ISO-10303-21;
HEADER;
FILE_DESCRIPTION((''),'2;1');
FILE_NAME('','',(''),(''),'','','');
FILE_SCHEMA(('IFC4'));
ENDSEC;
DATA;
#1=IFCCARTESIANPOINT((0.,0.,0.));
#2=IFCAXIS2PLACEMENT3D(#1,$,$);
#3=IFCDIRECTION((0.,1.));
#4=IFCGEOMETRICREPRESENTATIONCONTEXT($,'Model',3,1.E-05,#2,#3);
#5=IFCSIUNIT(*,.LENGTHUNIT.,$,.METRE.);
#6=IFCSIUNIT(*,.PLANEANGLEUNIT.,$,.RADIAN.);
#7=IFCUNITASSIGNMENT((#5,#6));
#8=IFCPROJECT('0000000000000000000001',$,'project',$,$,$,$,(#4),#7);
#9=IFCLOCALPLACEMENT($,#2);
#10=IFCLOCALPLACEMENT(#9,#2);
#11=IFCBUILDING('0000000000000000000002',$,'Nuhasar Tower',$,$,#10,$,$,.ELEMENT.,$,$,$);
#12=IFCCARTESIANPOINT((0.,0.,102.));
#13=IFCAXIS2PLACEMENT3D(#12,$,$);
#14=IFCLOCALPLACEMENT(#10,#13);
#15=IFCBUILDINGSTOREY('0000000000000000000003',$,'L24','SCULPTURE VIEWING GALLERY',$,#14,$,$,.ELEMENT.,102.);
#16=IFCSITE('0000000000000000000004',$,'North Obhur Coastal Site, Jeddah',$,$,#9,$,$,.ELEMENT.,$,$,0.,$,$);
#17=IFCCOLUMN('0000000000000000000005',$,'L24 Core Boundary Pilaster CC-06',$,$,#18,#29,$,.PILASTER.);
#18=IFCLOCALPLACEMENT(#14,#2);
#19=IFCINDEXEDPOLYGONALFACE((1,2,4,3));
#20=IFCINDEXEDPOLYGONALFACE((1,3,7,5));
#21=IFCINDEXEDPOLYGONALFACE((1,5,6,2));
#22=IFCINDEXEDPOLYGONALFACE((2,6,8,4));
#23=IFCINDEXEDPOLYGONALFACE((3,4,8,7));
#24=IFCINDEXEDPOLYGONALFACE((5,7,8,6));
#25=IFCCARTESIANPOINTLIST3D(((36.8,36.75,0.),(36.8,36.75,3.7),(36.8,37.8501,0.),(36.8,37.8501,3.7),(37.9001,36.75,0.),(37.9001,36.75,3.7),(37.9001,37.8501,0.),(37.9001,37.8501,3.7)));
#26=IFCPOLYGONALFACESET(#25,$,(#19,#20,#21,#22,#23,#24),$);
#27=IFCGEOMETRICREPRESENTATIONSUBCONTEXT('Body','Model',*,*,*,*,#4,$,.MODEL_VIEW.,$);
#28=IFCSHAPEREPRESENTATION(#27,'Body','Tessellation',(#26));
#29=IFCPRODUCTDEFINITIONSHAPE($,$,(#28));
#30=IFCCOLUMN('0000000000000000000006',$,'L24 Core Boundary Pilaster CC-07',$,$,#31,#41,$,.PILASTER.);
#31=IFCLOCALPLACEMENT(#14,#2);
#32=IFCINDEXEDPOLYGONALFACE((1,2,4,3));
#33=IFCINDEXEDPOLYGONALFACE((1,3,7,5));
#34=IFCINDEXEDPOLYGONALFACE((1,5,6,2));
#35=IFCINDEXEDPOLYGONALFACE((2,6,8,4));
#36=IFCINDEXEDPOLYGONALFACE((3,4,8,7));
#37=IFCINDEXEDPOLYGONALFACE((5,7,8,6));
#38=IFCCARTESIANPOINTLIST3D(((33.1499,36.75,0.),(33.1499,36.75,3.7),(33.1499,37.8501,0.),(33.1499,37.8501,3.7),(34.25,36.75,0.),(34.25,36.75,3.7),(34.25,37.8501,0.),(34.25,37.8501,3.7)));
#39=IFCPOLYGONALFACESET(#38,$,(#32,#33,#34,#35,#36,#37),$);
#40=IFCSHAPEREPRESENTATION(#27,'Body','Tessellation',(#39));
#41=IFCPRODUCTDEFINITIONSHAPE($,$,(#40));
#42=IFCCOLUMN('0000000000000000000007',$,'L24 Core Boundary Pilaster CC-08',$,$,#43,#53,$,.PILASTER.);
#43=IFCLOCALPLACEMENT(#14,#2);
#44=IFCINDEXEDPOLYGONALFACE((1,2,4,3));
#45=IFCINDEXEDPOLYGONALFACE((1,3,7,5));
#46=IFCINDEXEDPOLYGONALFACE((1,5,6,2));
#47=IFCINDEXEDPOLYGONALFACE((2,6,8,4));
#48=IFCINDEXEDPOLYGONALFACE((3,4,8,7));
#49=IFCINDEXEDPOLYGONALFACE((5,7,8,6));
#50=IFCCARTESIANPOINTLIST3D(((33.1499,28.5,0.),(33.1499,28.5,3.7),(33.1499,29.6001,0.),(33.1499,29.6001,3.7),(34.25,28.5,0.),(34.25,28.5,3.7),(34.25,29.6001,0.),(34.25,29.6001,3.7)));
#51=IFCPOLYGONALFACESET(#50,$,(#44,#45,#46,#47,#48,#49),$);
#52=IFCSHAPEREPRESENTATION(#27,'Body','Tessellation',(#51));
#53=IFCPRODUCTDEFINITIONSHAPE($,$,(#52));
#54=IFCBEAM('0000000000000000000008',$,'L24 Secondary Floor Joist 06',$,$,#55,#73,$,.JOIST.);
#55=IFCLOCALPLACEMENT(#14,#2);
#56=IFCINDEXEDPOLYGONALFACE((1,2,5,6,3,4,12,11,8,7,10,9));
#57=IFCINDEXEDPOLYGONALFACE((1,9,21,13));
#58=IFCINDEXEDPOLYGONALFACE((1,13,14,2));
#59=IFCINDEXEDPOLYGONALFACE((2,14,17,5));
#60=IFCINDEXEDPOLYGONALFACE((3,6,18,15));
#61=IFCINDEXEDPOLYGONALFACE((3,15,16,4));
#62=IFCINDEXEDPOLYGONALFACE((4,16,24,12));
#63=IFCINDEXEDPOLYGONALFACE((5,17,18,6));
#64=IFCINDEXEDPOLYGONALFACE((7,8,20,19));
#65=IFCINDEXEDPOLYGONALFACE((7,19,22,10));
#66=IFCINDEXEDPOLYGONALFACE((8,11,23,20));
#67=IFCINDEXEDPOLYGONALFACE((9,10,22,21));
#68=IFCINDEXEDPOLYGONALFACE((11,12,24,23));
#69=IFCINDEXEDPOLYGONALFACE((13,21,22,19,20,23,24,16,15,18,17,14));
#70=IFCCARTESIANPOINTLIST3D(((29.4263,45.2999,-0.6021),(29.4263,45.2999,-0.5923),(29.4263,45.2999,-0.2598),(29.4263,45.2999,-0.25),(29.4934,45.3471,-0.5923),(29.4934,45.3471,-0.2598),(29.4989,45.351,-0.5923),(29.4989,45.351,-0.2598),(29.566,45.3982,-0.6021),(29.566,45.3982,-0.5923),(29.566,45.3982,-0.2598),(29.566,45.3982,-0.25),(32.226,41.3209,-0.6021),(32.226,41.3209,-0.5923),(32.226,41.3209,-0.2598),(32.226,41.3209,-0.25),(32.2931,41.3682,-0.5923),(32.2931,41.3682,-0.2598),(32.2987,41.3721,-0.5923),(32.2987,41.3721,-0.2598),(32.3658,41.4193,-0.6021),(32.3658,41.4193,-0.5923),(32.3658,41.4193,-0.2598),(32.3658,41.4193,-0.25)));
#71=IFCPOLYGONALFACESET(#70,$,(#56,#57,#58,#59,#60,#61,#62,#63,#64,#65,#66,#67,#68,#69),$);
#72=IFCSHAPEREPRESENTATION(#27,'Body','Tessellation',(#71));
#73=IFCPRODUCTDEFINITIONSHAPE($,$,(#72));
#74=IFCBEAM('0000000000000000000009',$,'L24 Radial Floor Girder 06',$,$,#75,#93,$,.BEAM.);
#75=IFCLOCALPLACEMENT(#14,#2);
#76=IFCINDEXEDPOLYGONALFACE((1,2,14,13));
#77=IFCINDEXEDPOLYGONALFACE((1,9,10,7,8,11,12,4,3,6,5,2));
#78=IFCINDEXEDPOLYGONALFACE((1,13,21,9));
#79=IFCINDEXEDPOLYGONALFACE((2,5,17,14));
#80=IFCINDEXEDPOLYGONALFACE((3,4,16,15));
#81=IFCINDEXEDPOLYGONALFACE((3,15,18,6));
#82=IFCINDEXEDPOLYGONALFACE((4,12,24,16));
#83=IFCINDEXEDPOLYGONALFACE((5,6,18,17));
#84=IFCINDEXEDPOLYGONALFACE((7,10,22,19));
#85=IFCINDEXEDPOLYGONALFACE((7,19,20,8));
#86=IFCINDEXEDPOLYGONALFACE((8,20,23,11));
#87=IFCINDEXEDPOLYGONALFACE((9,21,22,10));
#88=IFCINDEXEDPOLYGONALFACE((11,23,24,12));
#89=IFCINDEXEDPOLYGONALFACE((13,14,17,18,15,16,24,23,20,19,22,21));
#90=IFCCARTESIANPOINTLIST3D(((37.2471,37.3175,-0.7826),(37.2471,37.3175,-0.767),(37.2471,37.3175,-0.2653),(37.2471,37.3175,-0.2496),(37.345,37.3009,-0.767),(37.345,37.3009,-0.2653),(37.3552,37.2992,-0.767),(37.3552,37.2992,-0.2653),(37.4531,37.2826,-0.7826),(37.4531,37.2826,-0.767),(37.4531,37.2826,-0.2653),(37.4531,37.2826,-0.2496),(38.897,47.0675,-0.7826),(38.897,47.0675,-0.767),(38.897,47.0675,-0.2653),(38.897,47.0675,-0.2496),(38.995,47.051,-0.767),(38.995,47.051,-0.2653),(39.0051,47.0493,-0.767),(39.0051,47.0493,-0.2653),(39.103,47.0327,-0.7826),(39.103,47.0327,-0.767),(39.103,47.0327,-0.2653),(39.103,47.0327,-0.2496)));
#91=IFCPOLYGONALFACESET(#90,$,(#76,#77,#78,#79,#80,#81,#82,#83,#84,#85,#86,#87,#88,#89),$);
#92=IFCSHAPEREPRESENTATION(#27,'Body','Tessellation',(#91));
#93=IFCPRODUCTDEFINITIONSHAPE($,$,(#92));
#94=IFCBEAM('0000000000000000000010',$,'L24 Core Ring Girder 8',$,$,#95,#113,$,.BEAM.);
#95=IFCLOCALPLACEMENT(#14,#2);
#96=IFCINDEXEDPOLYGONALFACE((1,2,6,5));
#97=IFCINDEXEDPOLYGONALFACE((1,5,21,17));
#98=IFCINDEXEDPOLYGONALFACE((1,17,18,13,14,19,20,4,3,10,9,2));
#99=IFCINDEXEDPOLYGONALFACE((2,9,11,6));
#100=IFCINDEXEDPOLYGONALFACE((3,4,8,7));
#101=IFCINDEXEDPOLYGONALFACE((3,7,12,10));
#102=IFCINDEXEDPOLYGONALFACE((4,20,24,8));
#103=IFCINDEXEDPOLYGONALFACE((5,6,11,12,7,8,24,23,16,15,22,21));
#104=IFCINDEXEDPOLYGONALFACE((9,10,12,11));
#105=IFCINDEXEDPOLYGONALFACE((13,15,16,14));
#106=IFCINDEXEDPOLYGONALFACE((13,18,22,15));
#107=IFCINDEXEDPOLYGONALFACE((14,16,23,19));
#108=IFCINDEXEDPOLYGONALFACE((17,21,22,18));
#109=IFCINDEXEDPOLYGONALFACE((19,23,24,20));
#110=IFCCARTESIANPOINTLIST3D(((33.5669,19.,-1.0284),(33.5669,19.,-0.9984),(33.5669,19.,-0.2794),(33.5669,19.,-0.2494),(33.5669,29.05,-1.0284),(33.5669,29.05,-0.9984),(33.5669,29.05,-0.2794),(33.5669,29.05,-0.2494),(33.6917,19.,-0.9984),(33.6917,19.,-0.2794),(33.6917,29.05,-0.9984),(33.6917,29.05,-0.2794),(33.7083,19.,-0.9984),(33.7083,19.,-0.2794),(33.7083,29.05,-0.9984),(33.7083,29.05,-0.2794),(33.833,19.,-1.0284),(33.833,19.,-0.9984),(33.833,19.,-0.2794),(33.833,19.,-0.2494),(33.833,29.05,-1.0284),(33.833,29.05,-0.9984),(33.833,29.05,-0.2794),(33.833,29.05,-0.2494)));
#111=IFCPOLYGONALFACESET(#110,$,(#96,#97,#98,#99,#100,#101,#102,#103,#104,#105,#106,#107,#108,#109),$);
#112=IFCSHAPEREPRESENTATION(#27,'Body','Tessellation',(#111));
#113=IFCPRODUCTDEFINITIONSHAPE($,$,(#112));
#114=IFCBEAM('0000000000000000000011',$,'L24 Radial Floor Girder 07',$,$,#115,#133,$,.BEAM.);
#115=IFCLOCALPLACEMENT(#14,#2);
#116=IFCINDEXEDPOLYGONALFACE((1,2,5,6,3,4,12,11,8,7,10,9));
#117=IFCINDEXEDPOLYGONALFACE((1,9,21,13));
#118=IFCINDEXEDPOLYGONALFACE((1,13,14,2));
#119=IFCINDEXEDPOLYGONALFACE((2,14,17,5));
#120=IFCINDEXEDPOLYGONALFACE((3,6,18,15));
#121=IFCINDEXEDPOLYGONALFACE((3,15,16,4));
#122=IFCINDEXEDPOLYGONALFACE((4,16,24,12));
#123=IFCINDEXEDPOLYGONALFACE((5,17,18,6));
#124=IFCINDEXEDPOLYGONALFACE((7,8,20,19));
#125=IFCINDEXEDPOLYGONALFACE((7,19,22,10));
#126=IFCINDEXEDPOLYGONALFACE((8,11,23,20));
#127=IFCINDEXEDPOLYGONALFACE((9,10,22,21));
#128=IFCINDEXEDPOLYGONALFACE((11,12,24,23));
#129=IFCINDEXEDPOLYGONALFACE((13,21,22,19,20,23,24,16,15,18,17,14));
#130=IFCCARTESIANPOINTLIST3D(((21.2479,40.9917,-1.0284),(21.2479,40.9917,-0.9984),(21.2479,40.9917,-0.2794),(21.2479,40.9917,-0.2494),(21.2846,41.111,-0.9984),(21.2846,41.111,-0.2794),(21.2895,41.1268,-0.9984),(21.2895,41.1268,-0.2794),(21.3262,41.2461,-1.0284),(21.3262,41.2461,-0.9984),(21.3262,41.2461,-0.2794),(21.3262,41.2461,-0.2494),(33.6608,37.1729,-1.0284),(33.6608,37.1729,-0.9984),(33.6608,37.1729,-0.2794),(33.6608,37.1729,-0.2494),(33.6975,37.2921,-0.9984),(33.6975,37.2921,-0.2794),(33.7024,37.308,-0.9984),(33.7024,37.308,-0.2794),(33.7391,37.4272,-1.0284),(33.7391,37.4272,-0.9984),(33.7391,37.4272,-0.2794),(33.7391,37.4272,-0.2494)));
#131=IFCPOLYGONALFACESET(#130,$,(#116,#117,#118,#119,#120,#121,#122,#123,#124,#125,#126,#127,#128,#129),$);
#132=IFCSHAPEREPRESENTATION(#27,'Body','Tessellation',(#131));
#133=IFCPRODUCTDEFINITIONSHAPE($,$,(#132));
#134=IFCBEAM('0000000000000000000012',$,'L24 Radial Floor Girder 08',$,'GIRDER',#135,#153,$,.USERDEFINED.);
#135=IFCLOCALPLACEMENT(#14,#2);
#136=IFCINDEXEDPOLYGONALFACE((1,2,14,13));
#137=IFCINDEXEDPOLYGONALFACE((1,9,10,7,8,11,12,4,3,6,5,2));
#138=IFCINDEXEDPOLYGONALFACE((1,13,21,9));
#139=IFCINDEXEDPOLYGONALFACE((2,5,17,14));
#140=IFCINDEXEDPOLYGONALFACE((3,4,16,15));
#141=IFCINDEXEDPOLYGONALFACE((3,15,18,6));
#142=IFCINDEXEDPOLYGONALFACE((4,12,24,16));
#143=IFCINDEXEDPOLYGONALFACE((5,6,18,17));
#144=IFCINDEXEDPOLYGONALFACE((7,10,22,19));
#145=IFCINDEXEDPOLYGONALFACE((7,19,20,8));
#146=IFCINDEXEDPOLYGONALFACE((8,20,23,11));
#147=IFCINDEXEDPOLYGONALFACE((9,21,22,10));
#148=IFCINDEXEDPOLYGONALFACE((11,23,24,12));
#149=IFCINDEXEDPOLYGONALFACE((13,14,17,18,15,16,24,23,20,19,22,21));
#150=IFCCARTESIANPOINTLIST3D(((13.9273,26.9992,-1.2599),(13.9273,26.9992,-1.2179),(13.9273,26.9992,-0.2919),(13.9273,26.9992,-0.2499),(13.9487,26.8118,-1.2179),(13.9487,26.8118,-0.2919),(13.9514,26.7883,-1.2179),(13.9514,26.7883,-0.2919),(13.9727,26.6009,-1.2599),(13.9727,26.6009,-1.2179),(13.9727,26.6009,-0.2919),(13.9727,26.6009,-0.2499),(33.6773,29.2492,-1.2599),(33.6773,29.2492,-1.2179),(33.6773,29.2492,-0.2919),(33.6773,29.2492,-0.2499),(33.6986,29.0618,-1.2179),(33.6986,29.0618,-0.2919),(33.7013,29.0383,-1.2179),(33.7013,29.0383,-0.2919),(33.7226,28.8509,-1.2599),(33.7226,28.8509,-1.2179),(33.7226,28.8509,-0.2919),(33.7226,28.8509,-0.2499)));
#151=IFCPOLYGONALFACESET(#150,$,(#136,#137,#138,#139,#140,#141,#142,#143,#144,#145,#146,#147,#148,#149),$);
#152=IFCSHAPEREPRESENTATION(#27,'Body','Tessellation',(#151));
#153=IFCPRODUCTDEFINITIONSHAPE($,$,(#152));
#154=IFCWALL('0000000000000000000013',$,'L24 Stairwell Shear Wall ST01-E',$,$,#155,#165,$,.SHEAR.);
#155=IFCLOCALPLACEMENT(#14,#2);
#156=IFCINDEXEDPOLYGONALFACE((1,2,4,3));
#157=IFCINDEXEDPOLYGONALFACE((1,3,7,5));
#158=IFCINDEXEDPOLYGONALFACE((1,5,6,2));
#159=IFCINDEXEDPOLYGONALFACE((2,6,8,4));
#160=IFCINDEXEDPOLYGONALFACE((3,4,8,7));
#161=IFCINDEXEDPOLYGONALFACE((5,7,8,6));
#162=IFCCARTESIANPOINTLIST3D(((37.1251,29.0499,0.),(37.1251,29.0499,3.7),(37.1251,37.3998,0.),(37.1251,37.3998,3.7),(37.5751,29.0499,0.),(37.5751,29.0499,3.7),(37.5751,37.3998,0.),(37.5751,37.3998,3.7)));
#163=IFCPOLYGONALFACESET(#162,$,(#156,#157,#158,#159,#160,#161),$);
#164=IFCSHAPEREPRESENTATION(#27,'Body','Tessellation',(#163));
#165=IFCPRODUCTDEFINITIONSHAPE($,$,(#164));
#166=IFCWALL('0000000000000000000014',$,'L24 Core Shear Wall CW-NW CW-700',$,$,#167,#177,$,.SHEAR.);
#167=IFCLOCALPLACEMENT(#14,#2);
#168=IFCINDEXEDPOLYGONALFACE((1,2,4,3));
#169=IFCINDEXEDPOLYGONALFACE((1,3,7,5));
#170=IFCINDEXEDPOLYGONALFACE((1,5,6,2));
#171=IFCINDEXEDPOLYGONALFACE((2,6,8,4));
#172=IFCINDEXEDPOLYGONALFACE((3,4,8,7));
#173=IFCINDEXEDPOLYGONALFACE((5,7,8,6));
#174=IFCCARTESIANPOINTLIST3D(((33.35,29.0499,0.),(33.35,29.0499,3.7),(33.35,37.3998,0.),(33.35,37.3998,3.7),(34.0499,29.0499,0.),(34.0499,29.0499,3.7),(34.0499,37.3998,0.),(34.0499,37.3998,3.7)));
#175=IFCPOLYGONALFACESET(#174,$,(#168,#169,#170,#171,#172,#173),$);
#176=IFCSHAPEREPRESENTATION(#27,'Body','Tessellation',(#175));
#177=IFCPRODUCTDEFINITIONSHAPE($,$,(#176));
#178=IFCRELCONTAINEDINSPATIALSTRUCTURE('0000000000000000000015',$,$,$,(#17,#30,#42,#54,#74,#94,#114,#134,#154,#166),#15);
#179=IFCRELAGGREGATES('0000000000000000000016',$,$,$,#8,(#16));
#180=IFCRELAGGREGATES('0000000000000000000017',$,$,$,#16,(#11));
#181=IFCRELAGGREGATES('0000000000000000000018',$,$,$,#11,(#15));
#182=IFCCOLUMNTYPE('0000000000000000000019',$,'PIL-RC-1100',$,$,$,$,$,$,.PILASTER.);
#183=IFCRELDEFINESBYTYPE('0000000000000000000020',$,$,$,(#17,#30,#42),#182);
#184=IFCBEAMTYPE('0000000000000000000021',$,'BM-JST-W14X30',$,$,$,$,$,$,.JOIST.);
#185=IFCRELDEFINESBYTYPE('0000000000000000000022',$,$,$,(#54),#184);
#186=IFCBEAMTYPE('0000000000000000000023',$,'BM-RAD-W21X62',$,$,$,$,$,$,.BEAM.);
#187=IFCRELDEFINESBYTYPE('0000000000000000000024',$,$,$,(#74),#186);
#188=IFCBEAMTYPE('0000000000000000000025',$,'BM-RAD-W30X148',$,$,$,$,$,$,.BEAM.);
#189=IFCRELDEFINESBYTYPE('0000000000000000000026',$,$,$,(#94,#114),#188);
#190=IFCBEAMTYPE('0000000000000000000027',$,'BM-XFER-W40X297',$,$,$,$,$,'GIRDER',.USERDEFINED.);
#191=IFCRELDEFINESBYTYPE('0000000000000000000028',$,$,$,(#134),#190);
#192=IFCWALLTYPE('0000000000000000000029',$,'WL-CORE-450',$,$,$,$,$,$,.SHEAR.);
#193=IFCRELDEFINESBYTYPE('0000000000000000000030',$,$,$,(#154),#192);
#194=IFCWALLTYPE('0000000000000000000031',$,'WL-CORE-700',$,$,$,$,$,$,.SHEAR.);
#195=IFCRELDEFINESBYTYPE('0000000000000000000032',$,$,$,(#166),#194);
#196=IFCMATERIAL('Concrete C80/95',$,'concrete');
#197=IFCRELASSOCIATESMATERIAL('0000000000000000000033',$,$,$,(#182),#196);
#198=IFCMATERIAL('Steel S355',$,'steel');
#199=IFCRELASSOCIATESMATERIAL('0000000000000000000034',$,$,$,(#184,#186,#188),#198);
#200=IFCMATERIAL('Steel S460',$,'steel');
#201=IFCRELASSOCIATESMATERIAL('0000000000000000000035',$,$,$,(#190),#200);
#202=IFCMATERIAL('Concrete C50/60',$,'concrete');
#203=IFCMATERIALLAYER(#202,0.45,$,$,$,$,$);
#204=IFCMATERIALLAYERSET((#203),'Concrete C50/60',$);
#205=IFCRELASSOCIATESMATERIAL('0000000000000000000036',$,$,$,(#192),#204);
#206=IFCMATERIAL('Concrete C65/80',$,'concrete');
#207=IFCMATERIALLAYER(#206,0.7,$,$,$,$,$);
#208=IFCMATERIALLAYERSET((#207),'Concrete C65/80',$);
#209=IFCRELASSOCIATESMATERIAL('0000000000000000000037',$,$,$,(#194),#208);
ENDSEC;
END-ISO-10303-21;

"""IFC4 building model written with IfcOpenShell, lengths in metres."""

from ifc_helpers import new_model, si_unit, direction, frame, frame_2d, origin, origin_2d, place, context, subcontext, project, spatial, rectangle, i_section, extrude, material, layer, layer_set, material_profile, profile_set, type_object, element, save


model = new_model("IFC4")

# Units and contexts
model_context = context("Model", 3, precision=1e-05, world=origin(), true_north=direction((0.0, 1.0)))
body_context = subcontext(model_context, "Body", "Model", "MODEL_VIEW")
ifc_project = project(units=[si_unit("LENGTHUNIT", "METRE"), si_unit("PLANEANGLEUNIT", "RADIAN")], contexts=[model_context])

# Site, building, storey
site_placement = place(None, origin())
site = spatial("IfcSite", under=ifc_project, at=site_placement, Name="North Obhur Coastal Site, Jeddah", CompositionType="ELEMENT", RefElevation=0.0)
building_placement = place(site_placement, origin())
building = spatial("IfcBuilding", under=site, at=building_placement, Name="Nuhasar Tower", CompositionType="ELEMENT")
storey_placement = place(building_placement, frame((0.0, 0.0, 102.0)))
storey = spatial("IfcBuildingStorey", under=building, at=storey_placement, Name="L24", Description="SCULPTURE VIEWING GALLERY", CompositionType="ELEMENT", Elevation=102.0)

# Columns
ifc_material_1 = material(Name="Concrete C80/95", Category="concrete")
ifc_material_profile_1 = material_profile(ifc_material_1, rectangle(XDim=1.1001, YDim=1.1001, at=origin_2d()), Name="RC1100X1100")
ifc_profile_set_1 = profile_set([ifc_material_profile_1], Name="Concrete C80/95")
column_type = type_object("IfcColumnType", Name="PIL-RC-1100", PredefinedType="PILASTER", material=ifc_profile_set_1)
for number, where, z_axis, x_axis, name in (
    (1, (37.3501, 37.3, 0.0), (0.0, 0.0, 1.0), (1.0, 0.0, 0.0), "L24 Core Boundary Pilaster CC-06"),
    (2, (33.7, 37.3, 0.0), (0.0, 0.0, 1.0), (1.0, 0.0, 0.0), "L24 Core Boundary Pilaster CC-07"),
    (3, (33.7, 29.05, 0.0), (0.0, 0.0, 1.0), (1.0, 0.0, 0.0), "L24 Core Boundary Pilaster CC-08"),
):
    element("IfcColumn", number, at=place(storey_placement, frame(where, z_axis=z_axis, x_axis=x_axis)), inside=storey, type_object=column_type, Name=name, PredefinedType="PILASTER", context=body_context, shape_type="SweptSolid", body=[
        extrude(rectangle(XDim=1.1001, YDim=1.1001, at=origin_2d()), origin(), (0.0, 0.0, 1.0), 3.7),
    ])

# Beams
ifc_material_2 = material(Name="Steel S355", Category="steel")
ifc_material_profile_2 = material_profile(ifc_material_2, i_section(OverallWidth=0.1709, OverallDepth=0.3521, WebThickness=0.0068, FlangeThickness=0.0098, at=origin_2d()), Name="W14X30")
ifc_profile_set_2 = profile_set([ifc_material_profile_2], Name="Steel S355")
beam_type_1 = type_object("IfcBeamType", Name="BM-JST-W14X30", PredefinedType="JOIST", material=ifc_profile_set_2)
beam_1_placement = place(storey_placement, frame((32.2959, 41.3701, -0.426), z_axis=(-0.575461, 0.817829, 0.0), x_axis=(-0.817829, -0.575461, 0.0)))
element("IfcBeam", 4, at=beam_1_placement, inside=storey, type_object=beam_type_1, Name="L24 Secondary Floor Joist 06", PredefinedType="JOIST", context=body_context, shape_type="SweptSolid", body=[
    extrude(i_section(OverallWidth=0.1709, OverallDepth=0.3521, WebThickness=0.0068, FlangeThickness=0.0098, at=origin_2d()), origin(), (0.0, 0.0, 1.0), 4.8652),
])
ifc_material_profile_3 = material_profile(ifc_material_2, i_section(OverallWidth=0.209, OverallDepth=0.533, WebThickness=0.0103, FlangeThickness=0.0156, at=origin_2d()), Name="W21X62")
ifc_profile_set_3 = profile_set([ifc_material_profile_3], Name="Steel S355")
beam_type_2 = type_object("IfcBeamType", Name="BM-RAD-W21X62", PredefinedType="BEAM", material=ifc_profile_set_3)
beam_2_placement = place(storey_placement, frame((37.3501, 37.3, -0.5161), z_axis=(0.166849, 0.985983, 0.0), x_axis=(-0.985983, 0.166849, 0.0)))
element("IfcBeam", 5, at=beam_2_placement, inside=storey, type_object=beam_type_2, Name="L24 Radial Floor Girder 06", PredefinedType="BEAM", context=body_context, shape_type="SweptSolid", body=[
    extrude(i_section(OverallWidth=0.209, OverallDepth=0.533, WebThickness=0.0103, FlangeThickness=0.0156, at=origin_2d()), origin(), (0.0, 0.0, 1.0), 9.8887),
])
ifc_material_profile_4 = material_profile(ifc_material_2, i_section(OverallWidth=0.2661, OverallDepth=0.7791, WebThickness=0.0166, FlangeThickness=0.03, at=origin_2d()), Name="W30X148")
ifc_profile_set_4 = profile_set([ifc_material_profile_4], Name="Steel S355")
beam_type_3 = type_object("IfcBeamType", Name="BM-RAD-W30X148", PredefinedType="BEAM", material=ifc_profile_set_4)
beam_3_placement = place(storey_placement, frame((33.7, 29.05, -0.6389), z_axis=(0.0, -1.0, 0.0), x_axis=(1.0, 0.0, 0.0)))
element("IfcBeam", 6, at=beam_3_placement, inside=storey, type_object=beam_type_3, Name="L24 Core Ring Girder 8", PredefinedType="BEAM", context=body_context, shape_type="SweptSolid", body=[
    extrude(i_section(OverallWidth=0.2661, OverallDepth=0.7791, WebThickness=0.0166, FlangeThickness=0.03, at=origin_2d()), origin(), (0.0, 0.0, 1.0), 10.05),
])
beam_4_placement = place(storey_placement, frame((33.7, 37.3, -0.6389), z_axis=(-0.95579, 0.294052, 0.0), x_axis=(-0.294052, -0.95579, 0.0)))
element("IfcBeam", 7, at=beam_4_placement, inside=storey, type_object=beam_type_3, Name="L24 Radial Floor Girder 07", PredefinedType="BEAM", context=body_context, shape_type="SweptSolid", body=[
    extrude(i_section(OverallWidth=0.2661, OverallDepth=0.7791, WebThickness=0.0166, FlangeThickness=0.03, at=origin_2d()), origin(), (0.0, 0.0, 1.0), 12.9871),
])
ifc_material_3 = material(Name="Steel S460", Category="steel")
ifc_material_profile_5 = material_profile(ifc_material_3, i_section(OverallWidth=0.4009, OverallDepth=1.01, WebThickness=0.0237, FlangeThickness=0.042, at=origin_2d()), Name="W40X297")
ifc_profile_set_5 = profile_set([ifc_material_profile_5], Name="Steel S460")
beam_type_4 = type_object("IfcBeamType", Name="BM-XFER-W40X297", ElementType="GIRDER", PredefinedType="USERDEFINED", material=ifc_profile_set_5)
beam_5_placement = place(storey_placement, frame((33.7, 29.05, -0.7549), z_axis=(-0.993573, -0.113192, 0.0), x_axis=(0.113192, -0.993573, 0.0)))
element("IfcBeam", 8, at=beam_5_placement, inside=storey, type_object=beam_type_4, Name="L24 Radial Floor Girder 08", ObjectType="GIRDER", PredefinedType="USERDEFINED", context=body_context, shape_type="SweptSolid", body=[
    extrude(i_section(OverallWidth=0.4009, OverallDepth=1.01, WebThickness=0.0237, FlangeThickness=0.042, at=origin_2d()), origin(), (0.0, 0.0, 1.0), 19.8777),
])

# Shared definitions
ifc_material_4 = material(Name="Concrete C50/60", Category="concrete")
ifc_layer_1 = layer(ifc_material_4, 0.45)
ifc_layer_set_1 = layer_set([ifc_layer_1], Name="Concrete C50/60")
wall_type_1 = type_object("IfcWallType", Name="WL-CORE-450", PredefinedType="SHEAR", material=ifc_layer_set_1)

# Walls
wall_1_placement = place(storey_placement, frame((37.3501, 29.05, 0.0), z_axis=(0.0, 0.0, 1.0), x_axis=(0.0, 1.0, 0.0)))
element("IfcWall", 9, at=wall_1_placement, inside=storey, type_object=wall_type_1, Name="L24 Stairwell Shear Wall ST01-E", PredefinedType="SHEAR", context=body_context, shape_type="SweptSolid", body=[
    extrude(rectangle(XDim=8.3499, YDim=0.45, at=frame_2d((4.1748, 0.0))), origin(), (0.0, 0.0, 1.0), 3.7),
])
ifc_material_5 = material(Name="Concrete C65/80", Category="concrete")
ifc_layer_2 = layer(ifc_material_5, 0.7)
ifc_layer_set_2 = layer_set([ifc_layer_2], Name="Concrete C65/80")
wall_type_2 = type_object("IfcWallType", Name="WL-CORE-700", PredefinedType="SHEAR", material=ifc_layer_set_2)
wall_2_placement = place(storey_placement, frame((33.7, 29.05, 0.0), z_axis=(0.0, 0.0, 1.0), x_axis=(0.0, 1.0, 0.0)))
element("IfcWall", 10, at=wall_2_placement, inside=storey, type_object=wall_type_2, Name="L24 Core Shear Wall CW-NW CW-700", PredefinedType="SHEAR", context=body_context, shape_type="SweptSolid", body=[
    extrude(rectangle(XDim=8.3499, YDim=0.7, at=frame_2d((4.1748, 0.0))), origin(), (0.0, 0.0, 1.0), 3.7),
])

save(model, "model.ifc")
